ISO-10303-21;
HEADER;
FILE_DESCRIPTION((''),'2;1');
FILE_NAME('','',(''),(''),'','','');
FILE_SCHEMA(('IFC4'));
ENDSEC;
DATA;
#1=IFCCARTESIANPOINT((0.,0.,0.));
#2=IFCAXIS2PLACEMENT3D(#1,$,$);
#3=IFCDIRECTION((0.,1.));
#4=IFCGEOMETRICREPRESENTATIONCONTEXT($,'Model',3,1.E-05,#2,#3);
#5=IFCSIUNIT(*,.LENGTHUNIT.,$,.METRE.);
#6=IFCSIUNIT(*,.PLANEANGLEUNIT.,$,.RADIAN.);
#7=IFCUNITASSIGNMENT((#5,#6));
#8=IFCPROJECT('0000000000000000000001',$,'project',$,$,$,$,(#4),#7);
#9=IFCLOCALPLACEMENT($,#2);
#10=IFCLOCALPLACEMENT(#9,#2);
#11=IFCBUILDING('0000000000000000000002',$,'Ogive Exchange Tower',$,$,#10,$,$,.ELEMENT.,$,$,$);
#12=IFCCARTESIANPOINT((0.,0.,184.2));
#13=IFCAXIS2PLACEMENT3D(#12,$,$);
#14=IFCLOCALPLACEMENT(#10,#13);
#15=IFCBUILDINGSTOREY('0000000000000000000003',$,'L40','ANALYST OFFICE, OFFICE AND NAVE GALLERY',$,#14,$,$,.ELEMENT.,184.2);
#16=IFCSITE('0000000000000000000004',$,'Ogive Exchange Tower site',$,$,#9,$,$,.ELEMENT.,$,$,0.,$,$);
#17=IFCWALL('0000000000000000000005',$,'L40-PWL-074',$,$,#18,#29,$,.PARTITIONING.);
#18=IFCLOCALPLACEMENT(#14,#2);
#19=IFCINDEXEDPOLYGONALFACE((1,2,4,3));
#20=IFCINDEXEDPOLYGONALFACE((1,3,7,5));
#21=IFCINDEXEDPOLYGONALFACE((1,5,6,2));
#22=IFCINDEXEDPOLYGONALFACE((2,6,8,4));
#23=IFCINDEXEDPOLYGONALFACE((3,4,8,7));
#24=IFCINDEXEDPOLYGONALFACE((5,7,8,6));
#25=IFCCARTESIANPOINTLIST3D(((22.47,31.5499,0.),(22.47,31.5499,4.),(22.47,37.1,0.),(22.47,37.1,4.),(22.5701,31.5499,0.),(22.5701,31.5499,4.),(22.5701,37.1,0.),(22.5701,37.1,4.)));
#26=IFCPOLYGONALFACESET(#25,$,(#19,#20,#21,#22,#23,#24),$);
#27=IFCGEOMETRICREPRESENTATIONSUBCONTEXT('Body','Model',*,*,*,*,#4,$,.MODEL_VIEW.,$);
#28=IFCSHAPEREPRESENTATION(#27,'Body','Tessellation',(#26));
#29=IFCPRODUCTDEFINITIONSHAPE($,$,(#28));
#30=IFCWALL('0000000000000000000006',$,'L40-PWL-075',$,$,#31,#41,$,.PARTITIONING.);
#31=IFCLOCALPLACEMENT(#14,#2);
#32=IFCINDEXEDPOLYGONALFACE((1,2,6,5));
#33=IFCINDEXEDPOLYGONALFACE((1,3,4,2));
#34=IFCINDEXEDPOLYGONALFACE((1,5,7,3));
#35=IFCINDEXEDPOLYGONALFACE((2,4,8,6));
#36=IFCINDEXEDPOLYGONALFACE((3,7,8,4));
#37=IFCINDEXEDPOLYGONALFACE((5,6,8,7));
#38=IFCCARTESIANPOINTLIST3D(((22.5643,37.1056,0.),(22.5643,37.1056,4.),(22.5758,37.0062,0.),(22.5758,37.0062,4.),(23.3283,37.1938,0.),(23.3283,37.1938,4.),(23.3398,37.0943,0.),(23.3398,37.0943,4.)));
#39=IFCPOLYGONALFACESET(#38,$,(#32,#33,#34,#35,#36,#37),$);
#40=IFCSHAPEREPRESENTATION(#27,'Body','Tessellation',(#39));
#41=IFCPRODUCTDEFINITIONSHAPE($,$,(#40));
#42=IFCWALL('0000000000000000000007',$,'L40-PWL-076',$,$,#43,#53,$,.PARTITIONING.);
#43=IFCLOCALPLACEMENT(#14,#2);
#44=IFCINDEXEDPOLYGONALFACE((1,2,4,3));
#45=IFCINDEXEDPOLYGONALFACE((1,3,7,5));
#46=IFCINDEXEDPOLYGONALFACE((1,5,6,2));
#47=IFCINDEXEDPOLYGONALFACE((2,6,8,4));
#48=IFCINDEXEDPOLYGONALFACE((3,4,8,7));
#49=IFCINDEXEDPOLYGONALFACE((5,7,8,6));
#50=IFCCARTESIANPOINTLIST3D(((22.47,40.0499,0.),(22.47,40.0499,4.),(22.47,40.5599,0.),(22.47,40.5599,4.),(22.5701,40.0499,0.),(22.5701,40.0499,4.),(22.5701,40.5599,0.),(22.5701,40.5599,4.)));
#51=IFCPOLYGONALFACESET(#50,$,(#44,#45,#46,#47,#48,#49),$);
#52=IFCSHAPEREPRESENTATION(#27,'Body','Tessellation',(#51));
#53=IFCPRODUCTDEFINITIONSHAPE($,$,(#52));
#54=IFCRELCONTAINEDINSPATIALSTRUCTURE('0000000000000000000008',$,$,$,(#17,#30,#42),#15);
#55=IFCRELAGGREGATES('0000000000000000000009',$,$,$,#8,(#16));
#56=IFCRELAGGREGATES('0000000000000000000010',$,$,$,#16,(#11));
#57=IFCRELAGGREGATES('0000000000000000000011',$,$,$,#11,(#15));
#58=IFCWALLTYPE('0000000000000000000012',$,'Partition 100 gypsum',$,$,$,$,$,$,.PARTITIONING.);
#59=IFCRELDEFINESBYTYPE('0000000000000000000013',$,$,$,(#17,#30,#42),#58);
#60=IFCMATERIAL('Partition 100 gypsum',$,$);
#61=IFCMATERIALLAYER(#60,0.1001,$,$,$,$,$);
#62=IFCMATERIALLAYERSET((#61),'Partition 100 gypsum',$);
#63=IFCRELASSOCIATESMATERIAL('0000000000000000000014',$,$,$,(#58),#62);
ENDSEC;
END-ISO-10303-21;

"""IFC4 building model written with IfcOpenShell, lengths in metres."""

from ifc_helpers import new_model, si_unit, direction, frame, frame_2d, origin, place, context, subcontext, project, spatial, rectangle, extrude, material, layer, layer_set, type_object, element, save


model = new_model("IFC4")

# Units and contexts
model_context = context("Model", 3, precision=1e-05, world=origin(), true_north=direction((0.0, 1.0)))
body_context = subcontext(model_context, "Body", "Model", "MODEL_VIEW")
ifc_project = project(units=[si_unit("LENGTHUNIT", "METRE"), si_unit("PLANEANGLEUNIT", "RADIAN")], contexts=[model_context])

# Site, building, storey
site_placement = place(None, origin())
site = spatial("IfcSite", under=ifc_project, at=site_placement, Name="Ogive Exchange Tower site", CompositionType="ELEMENT", RefElevation=0.0)
building_placement = place(site_placement, origin())
building = spatial("IfcBuilding", under=site, at=building_placement, Name="Ogive Exchange Tower", CompositionType="ELEMENT")
storey_placement = place(building_placement, frame((0.0, 0.0, 184.2)))
storey = spatial("IfcBuildingStorey", under=building, at=storey_placement, Name="L40", Description="ANALYST OFFICE, OFFICE AND NAVE GALLERY", CompositionType="ELEMENT", Elevation=184.2)

# Walls
ifc_material_1 = material(Name="Partition 100 gypsum")
ifc_layer_1 = layer(ifc_material_1, 0.1001)
ifc_layer_set_1 = layer_set([ifc_layer_1], Name="Partition 100 gypsum")
wall_type_1 = type_object("IfcWallType", Name="Partition 100 gypsum", PredefinedType="PARTITIONING", material=ifc_layer_set_1)
wall_1_placement = place(storey_placement, frame((22.52, 31.55, 0.0), z_axis=(0.0, 0.0, 1.0), x_axis=(0.0, 1.0, 0.0)))
element("IfcWall", 1, at=wall_1_placement, inside=storey, type_object=wall_type_1, Name="L40-PWL-074", PredefinedType="PARTITIONING", context=body_context, shape_type="SweptSolid", body=[
    extrude(rectangle(XDim=5.55, YDim=0.1001, at=frame_2d((2.7749, 0.0))), origin(), (0.0, 0.0, 1.0), 4.0),
])
wall_2_placement = place(storey_placement, frame((22.5701, 37.0559, 0.0), z_axis=(0.0, 0.0, 1.0), x_axis=(0.99341, 0.114612, 0.0)))
element("IfcWall", 2, at=wall_2_placement, inside=storey, type_object=wall_type_1, Name="L40-PWL-075", PredefinedType="PARTITIONING", context=body_context, shape_type="SweptSolid", body=[
    extrude(rectangle(XDim=0.769, YDim=0.1001, at=frame_2d((0.3845, 0.0))), origin(), (0.0, 0.0, 1.0), 4.0),
])
wall_3_placement = place(storey_placement, frame((22.52, 40.05, 0.0), z_axis=(0.0, 0.0, 1.0), x_axis=(0.0, 1.0, 0.0)))
element("IfcWall", 3, at=wall_3_placement, inside=storey, type_object=wall_type_1, Name="L40-PWL-076", PredefinedType="PARTITIONING", context=body_context, shape_type="SweptSolid", body=[
    extrude(rectangle(XDim=0.51, YDim=0.1001, at=frame_2d((0.2549, 0.0))), origin(), (0.0, 0.0, 1.0), 4.0),
])

save(model, "model.ifc")
